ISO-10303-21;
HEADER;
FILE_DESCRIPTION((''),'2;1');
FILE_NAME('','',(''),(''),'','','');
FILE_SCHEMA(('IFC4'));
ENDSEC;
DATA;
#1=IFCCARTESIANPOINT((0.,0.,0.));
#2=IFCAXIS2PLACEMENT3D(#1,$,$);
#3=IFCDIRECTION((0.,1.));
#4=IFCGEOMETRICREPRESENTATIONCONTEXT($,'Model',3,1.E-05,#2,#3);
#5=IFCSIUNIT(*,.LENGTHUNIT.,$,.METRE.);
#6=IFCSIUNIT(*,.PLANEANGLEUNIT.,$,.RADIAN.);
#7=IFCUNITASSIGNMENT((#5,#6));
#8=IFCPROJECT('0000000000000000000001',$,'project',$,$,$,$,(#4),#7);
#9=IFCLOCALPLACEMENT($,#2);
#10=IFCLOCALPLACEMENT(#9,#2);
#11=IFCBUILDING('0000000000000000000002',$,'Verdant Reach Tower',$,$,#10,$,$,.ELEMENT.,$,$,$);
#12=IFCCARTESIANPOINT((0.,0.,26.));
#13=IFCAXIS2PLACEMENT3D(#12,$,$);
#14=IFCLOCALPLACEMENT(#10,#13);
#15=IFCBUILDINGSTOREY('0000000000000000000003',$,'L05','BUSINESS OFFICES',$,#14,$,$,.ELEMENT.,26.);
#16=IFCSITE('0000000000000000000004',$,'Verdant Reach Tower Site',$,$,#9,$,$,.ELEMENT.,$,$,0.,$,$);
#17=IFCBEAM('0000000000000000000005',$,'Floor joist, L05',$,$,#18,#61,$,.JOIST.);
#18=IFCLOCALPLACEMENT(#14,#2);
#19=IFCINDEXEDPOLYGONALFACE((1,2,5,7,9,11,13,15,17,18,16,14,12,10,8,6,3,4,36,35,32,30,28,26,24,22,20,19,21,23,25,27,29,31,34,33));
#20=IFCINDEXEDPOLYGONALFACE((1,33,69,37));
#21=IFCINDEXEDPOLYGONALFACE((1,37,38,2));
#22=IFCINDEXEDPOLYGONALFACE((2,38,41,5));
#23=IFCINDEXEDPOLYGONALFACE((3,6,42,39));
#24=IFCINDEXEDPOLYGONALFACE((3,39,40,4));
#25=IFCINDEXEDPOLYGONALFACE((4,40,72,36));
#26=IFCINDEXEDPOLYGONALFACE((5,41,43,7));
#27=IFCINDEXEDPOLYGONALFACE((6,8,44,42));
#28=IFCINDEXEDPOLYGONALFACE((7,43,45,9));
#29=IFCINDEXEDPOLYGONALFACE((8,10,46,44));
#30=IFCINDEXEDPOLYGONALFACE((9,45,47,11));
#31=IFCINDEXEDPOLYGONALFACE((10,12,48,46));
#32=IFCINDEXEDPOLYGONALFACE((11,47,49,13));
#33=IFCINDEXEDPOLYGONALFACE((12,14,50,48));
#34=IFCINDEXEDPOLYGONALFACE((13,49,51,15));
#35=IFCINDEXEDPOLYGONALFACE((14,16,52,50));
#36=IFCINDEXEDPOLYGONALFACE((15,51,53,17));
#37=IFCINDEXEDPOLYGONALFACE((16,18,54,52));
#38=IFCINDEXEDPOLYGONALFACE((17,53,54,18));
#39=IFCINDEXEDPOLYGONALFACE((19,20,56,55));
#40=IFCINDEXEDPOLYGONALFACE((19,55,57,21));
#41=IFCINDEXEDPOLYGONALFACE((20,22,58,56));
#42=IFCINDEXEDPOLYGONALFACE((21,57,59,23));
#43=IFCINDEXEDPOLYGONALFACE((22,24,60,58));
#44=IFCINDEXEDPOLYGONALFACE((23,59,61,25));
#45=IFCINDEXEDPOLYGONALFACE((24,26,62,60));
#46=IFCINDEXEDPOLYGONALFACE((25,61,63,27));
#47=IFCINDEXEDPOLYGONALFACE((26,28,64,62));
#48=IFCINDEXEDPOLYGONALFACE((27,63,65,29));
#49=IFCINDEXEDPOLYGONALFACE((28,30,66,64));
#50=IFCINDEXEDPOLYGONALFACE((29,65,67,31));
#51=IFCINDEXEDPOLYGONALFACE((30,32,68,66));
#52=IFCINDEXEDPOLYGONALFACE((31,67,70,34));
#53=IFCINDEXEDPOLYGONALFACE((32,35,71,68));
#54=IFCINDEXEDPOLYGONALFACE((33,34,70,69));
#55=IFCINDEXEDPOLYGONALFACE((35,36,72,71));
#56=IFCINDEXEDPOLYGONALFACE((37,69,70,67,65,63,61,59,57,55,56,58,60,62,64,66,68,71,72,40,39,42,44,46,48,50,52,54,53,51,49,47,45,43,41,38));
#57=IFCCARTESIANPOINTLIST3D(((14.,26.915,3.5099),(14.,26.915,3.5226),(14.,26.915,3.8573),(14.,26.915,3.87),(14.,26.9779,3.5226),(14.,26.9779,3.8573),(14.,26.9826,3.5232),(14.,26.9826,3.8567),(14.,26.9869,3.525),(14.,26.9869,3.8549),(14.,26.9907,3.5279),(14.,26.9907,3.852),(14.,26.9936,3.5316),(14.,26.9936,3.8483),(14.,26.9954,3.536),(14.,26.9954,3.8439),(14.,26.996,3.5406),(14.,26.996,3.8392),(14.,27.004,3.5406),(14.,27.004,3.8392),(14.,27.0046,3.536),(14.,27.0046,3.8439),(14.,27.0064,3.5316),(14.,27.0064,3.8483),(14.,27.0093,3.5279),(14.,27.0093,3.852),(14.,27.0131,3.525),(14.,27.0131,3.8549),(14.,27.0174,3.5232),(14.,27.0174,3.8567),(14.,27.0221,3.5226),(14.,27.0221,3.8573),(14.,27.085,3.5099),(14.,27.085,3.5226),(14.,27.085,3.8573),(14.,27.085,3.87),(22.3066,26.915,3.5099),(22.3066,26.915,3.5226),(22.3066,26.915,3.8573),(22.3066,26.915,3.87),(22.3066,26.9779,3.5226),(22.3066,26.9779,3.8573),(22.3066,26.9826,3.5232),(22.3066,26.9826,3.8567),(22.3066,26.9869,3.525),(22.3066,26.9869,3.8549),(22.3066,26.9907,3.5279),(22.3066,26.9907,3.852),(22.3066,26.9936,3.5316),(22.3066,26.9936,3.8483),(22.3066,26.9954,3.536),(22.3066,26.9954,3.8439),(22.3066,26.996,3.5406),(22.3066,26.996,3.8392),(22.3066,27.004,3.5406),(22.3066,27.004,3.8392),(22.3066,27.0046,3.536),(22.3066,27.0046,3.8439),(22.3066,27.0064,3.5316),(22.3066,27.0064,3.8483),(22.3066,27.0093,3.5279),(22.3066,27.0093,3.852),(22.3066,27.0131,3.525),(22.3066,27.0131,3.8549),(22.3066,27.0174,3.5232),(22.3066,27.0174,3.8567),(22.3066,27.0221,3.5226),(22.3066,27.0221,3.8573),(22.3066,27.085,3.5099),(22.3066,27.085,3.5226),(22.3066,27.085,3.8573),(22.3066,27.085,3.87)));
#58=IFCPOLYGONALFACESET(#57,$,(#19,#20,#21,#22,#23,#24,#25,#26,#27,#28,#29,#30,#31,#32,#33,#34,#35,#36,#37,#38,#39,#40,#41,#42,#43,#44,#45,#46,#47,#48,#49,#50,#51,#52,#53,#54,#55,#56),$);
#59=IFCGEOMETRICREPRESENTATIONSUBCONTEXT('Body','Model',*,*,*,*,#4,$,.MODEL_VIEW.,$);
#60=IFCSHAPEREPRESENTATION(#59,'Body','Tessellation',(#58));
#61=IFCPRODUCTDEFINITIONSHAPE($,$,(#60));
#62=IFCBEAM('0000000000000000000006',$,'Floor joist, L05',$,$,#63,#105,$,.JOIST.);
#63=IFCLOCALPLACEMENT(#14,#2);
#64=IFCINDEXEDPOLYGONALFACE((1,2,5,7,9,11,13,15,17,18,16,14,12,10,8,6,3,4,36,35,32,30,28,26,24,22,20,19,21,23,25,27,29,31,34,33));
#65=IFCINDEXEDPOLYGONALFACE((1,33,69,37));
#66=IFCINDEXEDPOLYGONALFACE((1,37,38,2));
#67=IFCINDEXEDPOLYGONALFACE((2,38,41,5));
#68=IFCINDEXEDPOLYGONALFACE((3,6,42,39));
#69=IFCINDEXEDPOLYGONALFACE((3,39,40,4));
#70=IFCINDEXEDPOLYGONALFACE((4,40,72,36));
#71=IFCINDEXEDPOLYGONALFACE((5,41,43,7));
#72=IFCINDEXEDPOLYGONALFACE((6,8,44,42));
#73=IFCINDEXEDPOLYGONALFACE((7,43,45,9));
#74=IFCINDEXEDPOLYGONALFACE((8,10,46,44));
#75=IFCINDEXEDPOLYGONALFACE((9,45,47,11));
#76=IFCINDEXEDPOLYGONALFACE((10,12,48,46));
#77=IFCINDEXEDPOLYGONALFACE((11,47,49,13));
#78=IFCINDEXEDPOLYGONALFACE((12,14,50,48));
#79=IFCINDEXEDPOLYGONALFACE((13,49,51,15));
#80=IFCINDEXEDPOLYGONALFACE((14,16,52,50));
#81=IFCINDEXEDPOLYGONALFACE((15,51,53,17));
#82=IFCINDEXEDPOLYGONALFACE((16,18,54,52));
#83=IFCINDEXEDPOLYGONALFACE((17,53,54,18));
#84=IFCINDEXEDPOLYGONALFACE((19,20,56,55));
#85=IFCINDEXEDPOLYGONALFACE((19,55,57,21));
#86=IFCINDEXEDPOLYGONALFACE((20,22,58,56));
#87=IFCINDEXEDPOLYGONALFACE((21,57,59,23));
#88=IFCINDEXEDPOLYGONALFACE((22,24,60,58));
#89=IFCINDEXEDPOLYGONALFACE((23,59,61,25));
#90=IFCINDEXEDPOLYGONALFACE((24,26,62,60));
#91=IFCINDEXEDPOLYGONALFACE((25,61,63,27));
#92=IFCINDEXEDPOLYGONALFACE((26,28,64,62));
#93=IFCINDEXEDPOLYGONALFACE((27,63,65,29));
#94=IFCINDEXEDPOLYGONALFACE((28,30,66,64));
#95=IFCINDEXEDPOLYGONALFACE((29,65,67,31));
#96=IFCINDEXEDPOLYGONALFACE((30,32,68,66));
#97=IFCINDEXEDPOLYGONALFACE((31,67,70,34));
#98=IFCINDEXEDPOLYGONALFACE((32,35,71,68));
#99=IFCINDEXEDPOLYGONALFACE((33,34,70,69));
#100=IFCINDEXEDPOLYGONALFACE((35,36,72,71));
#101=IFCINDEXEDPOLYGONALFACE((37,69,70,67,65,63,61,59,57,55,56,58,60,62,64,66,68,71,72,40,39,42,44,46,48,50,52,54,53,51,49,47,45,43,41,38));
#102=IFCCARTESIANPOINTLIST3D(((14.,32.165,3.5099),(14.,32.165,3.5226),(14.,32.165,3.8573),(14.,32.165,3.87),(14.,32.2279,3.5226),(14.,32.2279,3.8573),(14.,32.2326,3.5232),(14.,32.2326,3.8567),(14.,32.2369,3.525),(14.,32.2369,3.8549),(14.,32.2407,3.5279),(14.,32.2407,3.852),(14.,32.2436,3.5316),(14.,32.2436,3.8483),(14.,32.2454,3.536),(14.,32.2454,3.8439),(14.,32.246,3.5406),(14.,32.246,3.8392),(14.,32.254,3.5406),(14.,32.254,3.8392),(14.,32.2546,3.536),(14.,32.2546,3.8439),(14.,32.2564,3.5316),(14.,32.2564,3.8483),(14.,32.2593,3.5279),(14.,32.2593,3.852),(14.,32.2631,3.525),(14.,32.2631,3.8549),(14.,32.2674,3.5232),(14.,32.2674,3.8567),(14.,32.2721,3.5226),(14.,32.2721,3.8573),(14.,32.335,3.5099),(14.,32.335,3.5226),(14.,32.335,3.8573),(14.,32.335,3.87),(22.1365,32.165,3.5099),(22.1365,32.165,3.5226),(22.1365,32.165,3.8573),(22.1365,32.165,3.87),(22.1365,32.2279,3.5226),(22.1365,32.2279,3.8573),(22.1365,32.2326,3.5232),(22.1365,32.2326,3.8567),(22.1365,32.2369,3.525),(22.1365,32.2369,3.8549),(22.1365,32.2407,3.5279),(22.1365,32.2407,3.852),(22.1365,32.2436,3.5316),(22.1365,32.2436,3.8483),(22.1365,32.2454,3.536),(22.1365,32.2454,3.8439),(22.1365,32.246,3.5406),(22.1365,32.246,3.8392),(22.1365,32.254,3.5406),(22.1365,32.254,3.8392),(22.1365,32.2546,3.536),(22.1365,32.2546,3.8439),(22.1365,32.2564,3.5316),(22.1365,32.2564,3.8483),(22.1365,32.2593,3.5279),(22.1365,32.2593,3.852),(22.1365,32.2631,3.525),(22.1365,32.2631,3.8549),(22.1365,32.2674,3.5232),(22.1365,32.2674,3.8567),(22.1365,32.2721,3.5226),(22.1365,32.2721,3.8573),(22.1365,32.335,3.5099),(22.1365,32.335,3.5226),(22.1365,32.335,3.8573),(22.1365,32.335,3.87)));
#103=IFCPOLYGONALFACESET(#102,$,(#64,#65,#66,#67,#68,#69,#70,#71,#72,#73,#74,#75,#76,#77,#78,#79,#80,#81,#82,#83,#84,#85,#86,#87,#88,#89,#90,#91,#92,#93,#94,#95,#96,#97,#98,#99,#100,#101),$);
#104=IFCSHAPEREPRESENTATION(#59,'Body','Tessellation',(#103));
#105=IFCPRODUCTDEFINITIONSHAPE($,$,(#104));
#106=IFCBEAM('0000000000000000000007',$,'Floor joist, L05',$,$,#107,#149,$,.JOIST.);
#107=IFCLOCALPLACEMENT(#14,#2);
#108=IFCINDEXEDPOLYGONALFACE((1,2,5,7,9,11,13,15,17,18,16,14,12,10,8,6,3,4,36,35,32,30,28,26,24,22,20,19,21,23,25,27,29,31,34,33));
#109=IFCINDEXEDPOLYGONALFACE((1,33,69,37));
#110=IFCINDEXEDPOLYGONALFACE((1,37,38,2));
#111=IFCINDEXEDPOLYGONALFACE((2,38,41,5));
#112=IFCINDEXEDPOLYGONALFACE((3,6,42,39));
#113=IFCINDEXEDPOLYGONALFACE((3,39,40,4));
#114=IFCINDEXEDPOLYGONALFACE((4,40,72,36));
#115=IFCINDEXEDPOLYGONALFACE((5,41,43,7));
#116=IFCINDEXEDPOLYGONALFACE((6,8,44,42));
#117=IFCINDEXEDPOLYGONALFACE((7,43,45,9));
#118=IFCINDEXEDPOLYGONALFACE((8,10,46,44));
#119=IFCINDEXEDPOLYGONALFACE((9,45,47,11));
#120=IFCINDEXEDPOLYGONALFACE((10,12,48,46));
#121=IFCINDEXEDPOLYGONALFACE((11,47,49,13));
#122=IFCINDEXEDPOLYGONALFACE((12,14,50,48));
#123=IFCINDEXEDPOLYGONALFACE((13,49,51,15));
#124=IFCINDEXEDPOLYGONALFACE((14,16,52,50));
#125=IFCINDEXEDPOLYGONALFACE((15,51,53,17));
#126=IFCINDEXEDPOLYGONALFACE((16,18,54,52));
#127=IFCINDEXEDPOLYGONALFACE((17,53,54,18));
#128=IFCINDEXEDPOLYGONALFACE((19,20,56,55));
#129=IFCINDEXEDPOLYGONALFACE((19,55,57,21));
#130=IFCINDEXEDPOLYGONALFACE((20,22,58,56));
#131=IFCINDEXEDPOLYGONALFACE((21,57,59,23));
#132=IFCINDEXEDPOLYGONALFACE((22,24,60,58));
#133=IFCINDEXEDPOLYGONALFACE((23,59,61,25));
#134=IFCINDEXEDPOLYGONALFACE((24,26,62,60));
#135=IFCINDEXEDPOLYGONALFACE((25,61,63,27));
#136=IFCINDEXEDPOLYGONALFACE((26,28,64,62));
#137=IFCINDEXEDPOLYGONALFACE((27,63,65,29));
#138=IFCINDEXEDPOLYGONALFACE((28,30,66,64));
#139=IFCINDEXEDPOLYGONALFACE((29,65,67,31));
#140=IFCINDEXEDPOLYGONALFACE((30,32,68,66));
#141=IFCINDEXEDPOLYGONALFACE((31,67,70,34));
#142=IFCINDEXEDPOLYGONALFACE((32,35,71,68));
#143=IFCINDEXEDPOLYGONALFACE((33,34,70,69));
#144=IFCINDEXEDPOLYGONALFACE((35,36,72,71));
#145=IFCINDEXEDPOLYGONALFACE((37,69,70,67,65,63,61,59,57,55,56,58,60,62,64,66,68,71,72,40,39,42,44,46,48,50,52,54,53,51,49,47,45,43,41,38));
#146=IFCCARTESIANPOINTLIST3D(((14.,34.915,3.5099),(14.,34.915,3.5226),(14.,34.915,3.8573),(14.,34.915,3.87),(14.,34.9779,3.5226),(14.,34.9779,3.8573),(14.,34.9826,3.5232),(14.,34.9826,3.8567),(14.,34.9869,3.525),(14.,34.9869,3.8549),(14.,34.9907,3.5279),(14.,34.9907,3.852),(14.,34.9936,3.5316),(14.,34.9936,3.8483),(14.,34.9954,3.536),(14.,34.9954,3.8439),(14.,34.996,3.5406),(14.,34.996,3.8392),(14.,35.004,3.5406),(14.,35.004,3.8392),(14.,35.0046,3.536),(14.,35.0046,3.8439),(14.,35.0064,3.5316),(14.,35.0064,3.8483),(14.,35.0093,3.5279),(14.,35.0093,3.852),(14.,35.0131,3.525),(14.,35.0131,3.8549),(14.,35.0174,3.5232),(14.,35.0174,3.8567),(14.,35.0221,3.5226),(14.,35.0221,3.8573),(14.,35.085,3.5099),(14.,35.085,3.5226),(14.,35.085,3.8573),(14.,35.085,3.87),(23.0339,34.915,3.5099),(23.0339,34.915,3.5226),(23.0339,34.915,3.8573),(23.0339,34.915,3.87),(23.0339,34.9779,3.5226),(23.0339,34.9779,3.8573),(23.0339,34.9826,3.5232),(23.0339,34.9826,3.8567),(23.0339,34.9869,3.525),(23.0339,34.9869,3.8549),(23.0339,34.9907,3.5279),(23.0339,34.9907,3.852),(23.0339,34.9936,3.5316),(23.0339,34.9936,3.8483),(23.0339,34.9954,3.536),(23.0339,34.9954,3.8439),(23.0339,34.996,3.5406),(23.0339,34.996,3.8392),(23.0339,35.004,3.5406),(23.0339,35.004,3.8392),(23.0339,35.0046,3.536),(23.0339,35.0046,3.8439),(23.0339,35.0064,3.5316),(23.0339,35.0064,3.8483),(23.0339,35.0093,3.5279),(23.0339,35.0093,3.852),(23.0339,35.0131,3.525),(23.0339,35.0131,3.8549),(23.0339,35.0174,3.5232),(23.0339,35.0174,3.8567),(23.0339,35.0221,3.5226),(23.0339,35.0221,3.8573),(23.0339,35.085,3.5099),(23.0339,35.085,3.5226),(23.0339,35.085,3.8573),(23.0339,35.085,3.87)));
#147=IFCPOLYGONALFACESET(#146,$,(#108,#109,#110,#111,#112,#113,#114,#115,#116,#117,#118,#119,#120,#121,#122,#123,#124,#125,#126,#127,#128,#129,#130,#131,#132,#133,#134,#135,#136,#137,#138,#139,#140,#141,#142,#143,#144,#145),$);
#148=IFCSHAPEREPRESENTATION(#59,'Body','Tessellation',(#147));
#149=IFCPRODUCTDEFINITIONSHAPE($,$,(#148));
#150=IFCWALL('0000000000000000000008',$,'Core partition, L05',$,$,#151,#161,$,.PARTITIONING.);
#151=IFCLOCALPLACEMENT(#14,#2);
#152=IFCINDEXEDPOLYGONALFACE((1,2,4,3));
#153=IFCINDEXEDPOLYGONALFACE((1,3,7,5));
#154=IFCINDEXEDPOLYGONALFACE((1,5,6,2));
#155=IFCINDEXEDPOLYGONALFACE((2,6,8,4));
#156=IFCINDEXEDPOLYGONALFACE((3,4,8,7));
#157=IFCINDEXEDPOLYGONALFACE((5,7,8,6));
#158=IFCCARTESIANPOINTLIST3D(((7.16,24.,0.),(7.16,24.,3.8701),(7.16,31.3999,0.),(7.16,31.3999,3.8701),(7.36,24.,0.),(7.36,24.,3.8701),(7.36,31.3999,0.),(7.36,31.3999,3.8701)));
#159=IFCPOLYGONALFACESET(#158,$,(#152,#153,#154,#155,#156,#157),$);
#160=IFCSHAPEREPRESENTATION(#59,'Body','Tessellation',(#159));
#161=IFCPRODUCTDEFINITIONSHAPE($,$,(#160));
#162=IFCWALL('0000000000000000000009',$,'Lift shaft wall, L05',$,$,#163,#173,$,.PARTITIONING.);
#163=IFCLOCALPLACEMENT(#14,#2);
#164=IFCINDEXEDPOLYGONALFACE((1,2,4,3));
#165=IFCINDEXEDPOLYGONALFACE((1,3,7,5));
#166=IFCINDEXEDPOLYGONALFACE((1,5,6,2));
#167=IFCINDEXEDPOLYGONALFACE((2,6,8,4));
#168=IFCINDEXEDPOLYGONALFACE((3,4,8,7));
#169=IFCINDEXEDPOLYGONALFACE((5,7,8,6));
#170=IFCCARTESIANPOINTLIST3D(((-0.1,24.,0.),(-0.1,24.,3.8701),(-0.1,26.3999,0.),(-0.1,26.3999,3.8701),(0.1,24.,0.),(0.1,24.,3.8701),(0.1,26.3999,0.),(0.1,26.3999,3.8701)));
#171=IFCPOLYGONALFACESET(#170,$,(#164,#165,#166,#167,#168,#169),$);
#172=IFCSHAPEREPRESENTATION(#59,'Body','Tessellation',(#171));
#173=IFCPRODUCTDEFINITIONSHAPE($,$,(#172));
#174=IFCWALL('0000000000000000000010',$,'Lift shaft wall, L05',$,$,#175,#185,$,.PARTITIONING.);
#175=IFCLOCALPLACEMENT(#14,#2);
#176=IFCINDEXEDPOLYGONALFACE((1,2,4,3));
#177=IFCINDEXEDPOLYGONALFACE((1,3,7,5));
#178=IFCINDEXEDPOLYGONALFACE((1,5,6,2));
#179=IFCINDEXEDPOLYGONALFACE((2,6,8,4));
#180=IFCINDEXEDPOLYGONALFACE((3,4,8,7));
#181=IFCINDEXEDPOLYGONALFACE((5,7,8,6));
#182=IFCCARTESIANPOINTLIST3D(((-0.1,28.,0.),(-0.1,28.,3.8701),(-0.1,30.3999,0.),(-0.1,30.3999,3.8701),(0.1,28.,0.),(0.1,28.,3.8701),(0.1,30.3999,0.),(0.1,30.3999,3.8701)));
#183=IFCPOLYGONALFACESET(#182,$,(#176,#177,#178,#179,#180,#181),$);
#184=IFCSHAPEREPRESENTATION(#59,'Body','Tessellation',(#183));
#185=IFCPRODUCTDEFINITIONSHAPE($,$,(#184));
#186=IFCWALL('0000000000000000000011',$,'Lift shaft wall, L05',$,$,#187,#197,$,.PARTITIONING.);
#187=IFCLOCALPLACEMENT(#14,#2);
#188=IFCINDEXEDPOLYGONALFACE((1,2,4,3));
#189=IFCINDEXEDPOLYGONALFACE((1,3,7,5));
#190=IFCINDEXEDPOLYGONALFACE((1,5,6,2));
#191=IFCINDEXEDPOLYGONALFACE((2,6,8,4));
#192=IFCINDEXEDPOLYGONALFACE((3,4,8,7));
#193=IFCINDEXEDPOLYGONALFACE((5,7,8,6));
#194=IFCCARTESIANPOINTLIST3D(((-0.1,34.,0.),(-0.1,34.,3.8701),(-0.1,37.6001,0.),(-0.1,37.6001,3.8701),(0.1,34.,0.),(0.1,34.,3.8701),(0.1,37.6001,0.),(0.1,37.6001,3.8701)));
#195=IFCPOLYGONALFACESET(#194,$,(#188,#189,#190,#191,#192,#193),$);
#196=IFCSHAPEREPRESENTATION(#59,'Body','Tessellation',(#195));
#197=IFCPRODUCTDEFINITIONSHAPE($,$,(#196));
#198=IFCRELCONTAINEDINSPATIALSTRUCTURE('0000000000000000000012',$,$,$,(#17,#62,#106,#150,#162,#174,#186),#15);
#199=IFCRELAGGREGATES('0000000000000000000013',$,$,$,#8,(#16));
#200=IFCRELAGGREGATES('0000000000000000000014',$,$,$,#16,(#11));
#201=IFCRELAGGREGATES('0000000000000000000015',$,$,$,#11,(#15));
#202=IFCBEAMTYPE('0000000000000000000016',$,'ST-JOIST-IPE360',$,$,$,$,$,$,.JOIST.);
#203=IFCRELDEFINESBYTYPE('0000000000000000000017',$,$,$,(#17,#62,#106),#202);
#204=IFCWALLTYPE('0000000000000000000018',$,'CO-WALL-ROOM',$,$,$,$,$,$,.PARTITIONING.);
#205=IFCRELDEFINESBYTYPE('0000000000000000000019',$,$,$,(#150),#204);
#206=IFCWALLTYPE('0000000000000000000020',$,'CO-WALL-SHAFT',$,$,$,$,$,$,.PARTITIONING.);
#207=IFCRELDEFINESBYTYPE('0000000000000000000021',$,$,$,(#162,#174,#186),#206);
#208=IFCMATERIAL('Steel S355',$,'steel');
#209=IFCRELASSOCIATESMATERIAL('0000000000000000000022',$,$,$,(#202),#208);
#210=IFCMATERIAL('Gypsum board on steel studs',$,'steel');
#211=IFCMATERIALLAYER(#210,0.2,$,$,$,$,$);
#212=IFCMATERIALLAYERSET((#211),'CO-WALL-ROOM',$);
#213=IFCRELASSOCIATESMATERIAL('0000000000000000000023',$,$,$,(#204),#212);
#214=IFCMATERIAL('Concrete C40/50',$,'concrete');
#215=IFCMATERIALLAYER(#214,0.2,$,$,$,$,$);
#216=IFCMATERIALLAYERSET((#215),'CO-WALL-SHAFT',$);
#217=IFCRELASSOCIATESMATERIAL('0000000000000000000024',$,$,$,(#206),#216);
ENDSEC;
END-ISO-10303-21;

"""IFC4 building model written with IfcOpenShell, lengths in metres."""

from ifc_helpers import new_model, si_unit, direction, frame, frame_2d, origin, origin_2d, place, context, subcontext, project, spatial, rectangle, i_section, extrude, material, layer, layer_set, material_profile, profile_set, type_object, element, save


model = new_model("IFC4")

# Units and contexts
model_context = context("Model", 3, precision=1e-05, world=origin(), true_north=direction((0.0, 1.0)))
body_context = subcontext(model_context, "Body", "Model", "MODEL_VIEW")
ifc_project = project(units=[si_unit("LENGTHUNIT", "METRE"), si_unit("PLANEANGLEUNIT", "RADIAN")], contexts=[model_context])

# Site, building, storey
site_placement = place(None, origin())
site = spatial("IfcSite", under=ifc_project, at=site_placement, Name="Verdant Reach Tower Site", CompositionType="ELEMENT", RefElevation=0.0)
building_placement = place(site_placement, origin())
building = spatial("IfcBuilding", under=site, at=building_placement, Name="Verdant Reach Tower", CompositionType="ELEMENT")
storey_placement = place(building_placement, frame((0.0, 0.0, 26.0)))
storey = spatial("IfcBuildingStorey", under=building, at=storey_placement, Name="L05", Description="BUSINESS OFFICES", CompositionType="ELEMENT", Elevation=26.0)

# Beams
ifc_material_1 = material(Name="Steel S355", Category="steel")
ifc_material_profile = material_profile(ifc_material_1, i_section(OverallWidth=0.1699, OverallDepth=0.3601, WebThickness=0.0081, FlangeThickness=0.0127, FilletRadius=0.0181, at=origin_2d()), Name="IPE 360")
ifc_profile_set = profile_set([ifc_material_profile], Name="Steel S355")
beam_type = type_object("IfcBeamType", Name="ST-JOIST-IPE360", PredefinedType="JOIST", material=ifc_profile_set)
beam_1_placement = place(storey_placement, frame((14.0, 27.0, 3.6899), z_axis=(1.0, 0.0, 0.0), x_axis=(0.0, 1.0, 0.0)))
element("IfcBeam", 1, at=beam_1_placement, inside=storey, type_object=beam_type, Name="Floor joist, L05", PredefinedType="JOIST", context=body_context, shape_type="SweptSolid", body=[
    extrude(i_section(OverallWidth=0.1699, OverallDepth=0.3601, WebThickness=0.0081, FlangeThickness=0.0127, FilletRadius=0.0181, at=origin_2d()), origin(), (0.0, 0.0, 1.0), 8.3066),
])
beam_2_placement = place(storey_placement, frame((14.0, 32.25, 3.6899), z_axis=(1.0, 0.0, 0.0), x_axis=(0.0, 1.0, 0.0)))
element("IfcBeam", 2, at=beam_2_placement, inside=storey, type_object=beam_type, Name="Floor joist, L05", PredefinedType="JOIST", context=body_context, shape_type="SweptSolid", body=[
    extrude(i_section(OverallWidth=0.1699, OverallDepth=0.3601, WebThickness=0.0081, FlangeThickness=0.0127, FilletRadius=0.0181, at=origin_2d()), origin(), (0.0, 0.0, 1.0), 8.1365),
])
beam_3_placement = place(storey_placement, frame((14.0, 35.0, 3.6899), z_axis=(1.0, 0.0, 0.0), x_axis=(0.0, 1.0, 0.0)))
element("IfcBeam", 3, at=beam_3_placement, inside=storey, type_object=beam_type, Name="Floor joist, L05", PredefinedType="JOIST", context=body_context, shape_type="SweptSolid", body=[
    extrude(i_section(OverallWidth=0.1699, OverallDepth=0.3601, WebThickness=0.0081, FlangeThickness=0.0127, FilletRadius=0.0181, at=origin_2d()), origin(), (0.0, 0.0, 1.0), 9.0339),
])

# Walls
ifc_material_2 = material(Name="Gypsum board on steel studs", Category="steel")
ifc_layer_1 = layer(ifc_material_2, 0.2)
ifc_layer_set_1 = layer_set([ifc_layer_1], Name="CO-WALL-ROOM")
wall_type_1 = type_object("IfcWallType", Name="CO-WALL-ROOM", PredefinedType="PARTITIONING", material=ifc_layer_set_1)
wall_1_placement = place(storey_placement, frame((7.26, 24.0, 0.0), z_axis=(0.0, 0.0, 1.0), x_axis=(0.0, 1.0, 0.0)))
element("IfcWall", 4, at=wall_1_placement, inside=storey, type_object=wall_type_1, Name="Core partition, L05", PredefinedType="PARTITIONING", context=body_context, shape_type="SweptSolid", body=[
    extrude(rectangle(XDim=7.3999, YDim=0.2, at=frame_2d((3.7, 0.0))), origin(), (0.0, 0.0, 1.0), 3.8701),
])
ifc_material_3 = material(Name="Concrete C40/50", Category="concrete")
ifc_layer_2 = layer(ifc_material_3, 0.2)
ifc_layer_set_2 = layer_set([ifc_layer_2], Name="CO-WALL-SHAFT")
wall_type_2 = type_object("IfcWallType", Name="CO-WALL-SHAFT", PredefinedType="PARTITIONING", material=ifc_layer_set_2)
for number, where, z_axis, x_axis, name in (
    (5, (0.0, 24.0, 0.0), (0.0, 0.0, 1.0), (0.0, 1.0, 0.0), "Lift shaft wall, L05"),
    (6, (0.0, 28.0, 0.0), (0.0, 0.0, 1.0), (0.0, 1.0, 0.0), "Lift shaft wall, L05"),
):
    element("IfcWall", number, at=place(storey_placement, frame(where, z_axis=z_axis, x_axis=x_axis)), inside=storey, type_object=wall_type_2, Name=name, PredefinedType="PARTITIONING", context=body_context, shape_type="SweptSolid", body=[
        extrude(rectangle(XDim=2.3999, YDim=0.2, at=frame_2d((1.2, 0.0))), origin(), (0.0, 0.0, 1.0), 3.8701),
    ])
wall_2_placement = place(storey_placement, frame((0.0, 34.0, 0.0), z_axis=(0.0, 0.0, 1.0), x_axis=(0.0, 1.0, 0.0)))
element("IfcWall", 7, at=wall_2_placement, inside=storey, type_object=wall_type_2, Name="Lift shaft wall, L05", PredefinedType="PARTITIONING", context=body_context, shape_type="SweptSolid", body=[
    extrude(rectangle(XDim=3.6001, YDim=0.2, at=frame_2d((1.8, 0.0))), origin(), (0.0, 0.0, 1.0), 3.8701),
])

save(model, "model.ifc")
